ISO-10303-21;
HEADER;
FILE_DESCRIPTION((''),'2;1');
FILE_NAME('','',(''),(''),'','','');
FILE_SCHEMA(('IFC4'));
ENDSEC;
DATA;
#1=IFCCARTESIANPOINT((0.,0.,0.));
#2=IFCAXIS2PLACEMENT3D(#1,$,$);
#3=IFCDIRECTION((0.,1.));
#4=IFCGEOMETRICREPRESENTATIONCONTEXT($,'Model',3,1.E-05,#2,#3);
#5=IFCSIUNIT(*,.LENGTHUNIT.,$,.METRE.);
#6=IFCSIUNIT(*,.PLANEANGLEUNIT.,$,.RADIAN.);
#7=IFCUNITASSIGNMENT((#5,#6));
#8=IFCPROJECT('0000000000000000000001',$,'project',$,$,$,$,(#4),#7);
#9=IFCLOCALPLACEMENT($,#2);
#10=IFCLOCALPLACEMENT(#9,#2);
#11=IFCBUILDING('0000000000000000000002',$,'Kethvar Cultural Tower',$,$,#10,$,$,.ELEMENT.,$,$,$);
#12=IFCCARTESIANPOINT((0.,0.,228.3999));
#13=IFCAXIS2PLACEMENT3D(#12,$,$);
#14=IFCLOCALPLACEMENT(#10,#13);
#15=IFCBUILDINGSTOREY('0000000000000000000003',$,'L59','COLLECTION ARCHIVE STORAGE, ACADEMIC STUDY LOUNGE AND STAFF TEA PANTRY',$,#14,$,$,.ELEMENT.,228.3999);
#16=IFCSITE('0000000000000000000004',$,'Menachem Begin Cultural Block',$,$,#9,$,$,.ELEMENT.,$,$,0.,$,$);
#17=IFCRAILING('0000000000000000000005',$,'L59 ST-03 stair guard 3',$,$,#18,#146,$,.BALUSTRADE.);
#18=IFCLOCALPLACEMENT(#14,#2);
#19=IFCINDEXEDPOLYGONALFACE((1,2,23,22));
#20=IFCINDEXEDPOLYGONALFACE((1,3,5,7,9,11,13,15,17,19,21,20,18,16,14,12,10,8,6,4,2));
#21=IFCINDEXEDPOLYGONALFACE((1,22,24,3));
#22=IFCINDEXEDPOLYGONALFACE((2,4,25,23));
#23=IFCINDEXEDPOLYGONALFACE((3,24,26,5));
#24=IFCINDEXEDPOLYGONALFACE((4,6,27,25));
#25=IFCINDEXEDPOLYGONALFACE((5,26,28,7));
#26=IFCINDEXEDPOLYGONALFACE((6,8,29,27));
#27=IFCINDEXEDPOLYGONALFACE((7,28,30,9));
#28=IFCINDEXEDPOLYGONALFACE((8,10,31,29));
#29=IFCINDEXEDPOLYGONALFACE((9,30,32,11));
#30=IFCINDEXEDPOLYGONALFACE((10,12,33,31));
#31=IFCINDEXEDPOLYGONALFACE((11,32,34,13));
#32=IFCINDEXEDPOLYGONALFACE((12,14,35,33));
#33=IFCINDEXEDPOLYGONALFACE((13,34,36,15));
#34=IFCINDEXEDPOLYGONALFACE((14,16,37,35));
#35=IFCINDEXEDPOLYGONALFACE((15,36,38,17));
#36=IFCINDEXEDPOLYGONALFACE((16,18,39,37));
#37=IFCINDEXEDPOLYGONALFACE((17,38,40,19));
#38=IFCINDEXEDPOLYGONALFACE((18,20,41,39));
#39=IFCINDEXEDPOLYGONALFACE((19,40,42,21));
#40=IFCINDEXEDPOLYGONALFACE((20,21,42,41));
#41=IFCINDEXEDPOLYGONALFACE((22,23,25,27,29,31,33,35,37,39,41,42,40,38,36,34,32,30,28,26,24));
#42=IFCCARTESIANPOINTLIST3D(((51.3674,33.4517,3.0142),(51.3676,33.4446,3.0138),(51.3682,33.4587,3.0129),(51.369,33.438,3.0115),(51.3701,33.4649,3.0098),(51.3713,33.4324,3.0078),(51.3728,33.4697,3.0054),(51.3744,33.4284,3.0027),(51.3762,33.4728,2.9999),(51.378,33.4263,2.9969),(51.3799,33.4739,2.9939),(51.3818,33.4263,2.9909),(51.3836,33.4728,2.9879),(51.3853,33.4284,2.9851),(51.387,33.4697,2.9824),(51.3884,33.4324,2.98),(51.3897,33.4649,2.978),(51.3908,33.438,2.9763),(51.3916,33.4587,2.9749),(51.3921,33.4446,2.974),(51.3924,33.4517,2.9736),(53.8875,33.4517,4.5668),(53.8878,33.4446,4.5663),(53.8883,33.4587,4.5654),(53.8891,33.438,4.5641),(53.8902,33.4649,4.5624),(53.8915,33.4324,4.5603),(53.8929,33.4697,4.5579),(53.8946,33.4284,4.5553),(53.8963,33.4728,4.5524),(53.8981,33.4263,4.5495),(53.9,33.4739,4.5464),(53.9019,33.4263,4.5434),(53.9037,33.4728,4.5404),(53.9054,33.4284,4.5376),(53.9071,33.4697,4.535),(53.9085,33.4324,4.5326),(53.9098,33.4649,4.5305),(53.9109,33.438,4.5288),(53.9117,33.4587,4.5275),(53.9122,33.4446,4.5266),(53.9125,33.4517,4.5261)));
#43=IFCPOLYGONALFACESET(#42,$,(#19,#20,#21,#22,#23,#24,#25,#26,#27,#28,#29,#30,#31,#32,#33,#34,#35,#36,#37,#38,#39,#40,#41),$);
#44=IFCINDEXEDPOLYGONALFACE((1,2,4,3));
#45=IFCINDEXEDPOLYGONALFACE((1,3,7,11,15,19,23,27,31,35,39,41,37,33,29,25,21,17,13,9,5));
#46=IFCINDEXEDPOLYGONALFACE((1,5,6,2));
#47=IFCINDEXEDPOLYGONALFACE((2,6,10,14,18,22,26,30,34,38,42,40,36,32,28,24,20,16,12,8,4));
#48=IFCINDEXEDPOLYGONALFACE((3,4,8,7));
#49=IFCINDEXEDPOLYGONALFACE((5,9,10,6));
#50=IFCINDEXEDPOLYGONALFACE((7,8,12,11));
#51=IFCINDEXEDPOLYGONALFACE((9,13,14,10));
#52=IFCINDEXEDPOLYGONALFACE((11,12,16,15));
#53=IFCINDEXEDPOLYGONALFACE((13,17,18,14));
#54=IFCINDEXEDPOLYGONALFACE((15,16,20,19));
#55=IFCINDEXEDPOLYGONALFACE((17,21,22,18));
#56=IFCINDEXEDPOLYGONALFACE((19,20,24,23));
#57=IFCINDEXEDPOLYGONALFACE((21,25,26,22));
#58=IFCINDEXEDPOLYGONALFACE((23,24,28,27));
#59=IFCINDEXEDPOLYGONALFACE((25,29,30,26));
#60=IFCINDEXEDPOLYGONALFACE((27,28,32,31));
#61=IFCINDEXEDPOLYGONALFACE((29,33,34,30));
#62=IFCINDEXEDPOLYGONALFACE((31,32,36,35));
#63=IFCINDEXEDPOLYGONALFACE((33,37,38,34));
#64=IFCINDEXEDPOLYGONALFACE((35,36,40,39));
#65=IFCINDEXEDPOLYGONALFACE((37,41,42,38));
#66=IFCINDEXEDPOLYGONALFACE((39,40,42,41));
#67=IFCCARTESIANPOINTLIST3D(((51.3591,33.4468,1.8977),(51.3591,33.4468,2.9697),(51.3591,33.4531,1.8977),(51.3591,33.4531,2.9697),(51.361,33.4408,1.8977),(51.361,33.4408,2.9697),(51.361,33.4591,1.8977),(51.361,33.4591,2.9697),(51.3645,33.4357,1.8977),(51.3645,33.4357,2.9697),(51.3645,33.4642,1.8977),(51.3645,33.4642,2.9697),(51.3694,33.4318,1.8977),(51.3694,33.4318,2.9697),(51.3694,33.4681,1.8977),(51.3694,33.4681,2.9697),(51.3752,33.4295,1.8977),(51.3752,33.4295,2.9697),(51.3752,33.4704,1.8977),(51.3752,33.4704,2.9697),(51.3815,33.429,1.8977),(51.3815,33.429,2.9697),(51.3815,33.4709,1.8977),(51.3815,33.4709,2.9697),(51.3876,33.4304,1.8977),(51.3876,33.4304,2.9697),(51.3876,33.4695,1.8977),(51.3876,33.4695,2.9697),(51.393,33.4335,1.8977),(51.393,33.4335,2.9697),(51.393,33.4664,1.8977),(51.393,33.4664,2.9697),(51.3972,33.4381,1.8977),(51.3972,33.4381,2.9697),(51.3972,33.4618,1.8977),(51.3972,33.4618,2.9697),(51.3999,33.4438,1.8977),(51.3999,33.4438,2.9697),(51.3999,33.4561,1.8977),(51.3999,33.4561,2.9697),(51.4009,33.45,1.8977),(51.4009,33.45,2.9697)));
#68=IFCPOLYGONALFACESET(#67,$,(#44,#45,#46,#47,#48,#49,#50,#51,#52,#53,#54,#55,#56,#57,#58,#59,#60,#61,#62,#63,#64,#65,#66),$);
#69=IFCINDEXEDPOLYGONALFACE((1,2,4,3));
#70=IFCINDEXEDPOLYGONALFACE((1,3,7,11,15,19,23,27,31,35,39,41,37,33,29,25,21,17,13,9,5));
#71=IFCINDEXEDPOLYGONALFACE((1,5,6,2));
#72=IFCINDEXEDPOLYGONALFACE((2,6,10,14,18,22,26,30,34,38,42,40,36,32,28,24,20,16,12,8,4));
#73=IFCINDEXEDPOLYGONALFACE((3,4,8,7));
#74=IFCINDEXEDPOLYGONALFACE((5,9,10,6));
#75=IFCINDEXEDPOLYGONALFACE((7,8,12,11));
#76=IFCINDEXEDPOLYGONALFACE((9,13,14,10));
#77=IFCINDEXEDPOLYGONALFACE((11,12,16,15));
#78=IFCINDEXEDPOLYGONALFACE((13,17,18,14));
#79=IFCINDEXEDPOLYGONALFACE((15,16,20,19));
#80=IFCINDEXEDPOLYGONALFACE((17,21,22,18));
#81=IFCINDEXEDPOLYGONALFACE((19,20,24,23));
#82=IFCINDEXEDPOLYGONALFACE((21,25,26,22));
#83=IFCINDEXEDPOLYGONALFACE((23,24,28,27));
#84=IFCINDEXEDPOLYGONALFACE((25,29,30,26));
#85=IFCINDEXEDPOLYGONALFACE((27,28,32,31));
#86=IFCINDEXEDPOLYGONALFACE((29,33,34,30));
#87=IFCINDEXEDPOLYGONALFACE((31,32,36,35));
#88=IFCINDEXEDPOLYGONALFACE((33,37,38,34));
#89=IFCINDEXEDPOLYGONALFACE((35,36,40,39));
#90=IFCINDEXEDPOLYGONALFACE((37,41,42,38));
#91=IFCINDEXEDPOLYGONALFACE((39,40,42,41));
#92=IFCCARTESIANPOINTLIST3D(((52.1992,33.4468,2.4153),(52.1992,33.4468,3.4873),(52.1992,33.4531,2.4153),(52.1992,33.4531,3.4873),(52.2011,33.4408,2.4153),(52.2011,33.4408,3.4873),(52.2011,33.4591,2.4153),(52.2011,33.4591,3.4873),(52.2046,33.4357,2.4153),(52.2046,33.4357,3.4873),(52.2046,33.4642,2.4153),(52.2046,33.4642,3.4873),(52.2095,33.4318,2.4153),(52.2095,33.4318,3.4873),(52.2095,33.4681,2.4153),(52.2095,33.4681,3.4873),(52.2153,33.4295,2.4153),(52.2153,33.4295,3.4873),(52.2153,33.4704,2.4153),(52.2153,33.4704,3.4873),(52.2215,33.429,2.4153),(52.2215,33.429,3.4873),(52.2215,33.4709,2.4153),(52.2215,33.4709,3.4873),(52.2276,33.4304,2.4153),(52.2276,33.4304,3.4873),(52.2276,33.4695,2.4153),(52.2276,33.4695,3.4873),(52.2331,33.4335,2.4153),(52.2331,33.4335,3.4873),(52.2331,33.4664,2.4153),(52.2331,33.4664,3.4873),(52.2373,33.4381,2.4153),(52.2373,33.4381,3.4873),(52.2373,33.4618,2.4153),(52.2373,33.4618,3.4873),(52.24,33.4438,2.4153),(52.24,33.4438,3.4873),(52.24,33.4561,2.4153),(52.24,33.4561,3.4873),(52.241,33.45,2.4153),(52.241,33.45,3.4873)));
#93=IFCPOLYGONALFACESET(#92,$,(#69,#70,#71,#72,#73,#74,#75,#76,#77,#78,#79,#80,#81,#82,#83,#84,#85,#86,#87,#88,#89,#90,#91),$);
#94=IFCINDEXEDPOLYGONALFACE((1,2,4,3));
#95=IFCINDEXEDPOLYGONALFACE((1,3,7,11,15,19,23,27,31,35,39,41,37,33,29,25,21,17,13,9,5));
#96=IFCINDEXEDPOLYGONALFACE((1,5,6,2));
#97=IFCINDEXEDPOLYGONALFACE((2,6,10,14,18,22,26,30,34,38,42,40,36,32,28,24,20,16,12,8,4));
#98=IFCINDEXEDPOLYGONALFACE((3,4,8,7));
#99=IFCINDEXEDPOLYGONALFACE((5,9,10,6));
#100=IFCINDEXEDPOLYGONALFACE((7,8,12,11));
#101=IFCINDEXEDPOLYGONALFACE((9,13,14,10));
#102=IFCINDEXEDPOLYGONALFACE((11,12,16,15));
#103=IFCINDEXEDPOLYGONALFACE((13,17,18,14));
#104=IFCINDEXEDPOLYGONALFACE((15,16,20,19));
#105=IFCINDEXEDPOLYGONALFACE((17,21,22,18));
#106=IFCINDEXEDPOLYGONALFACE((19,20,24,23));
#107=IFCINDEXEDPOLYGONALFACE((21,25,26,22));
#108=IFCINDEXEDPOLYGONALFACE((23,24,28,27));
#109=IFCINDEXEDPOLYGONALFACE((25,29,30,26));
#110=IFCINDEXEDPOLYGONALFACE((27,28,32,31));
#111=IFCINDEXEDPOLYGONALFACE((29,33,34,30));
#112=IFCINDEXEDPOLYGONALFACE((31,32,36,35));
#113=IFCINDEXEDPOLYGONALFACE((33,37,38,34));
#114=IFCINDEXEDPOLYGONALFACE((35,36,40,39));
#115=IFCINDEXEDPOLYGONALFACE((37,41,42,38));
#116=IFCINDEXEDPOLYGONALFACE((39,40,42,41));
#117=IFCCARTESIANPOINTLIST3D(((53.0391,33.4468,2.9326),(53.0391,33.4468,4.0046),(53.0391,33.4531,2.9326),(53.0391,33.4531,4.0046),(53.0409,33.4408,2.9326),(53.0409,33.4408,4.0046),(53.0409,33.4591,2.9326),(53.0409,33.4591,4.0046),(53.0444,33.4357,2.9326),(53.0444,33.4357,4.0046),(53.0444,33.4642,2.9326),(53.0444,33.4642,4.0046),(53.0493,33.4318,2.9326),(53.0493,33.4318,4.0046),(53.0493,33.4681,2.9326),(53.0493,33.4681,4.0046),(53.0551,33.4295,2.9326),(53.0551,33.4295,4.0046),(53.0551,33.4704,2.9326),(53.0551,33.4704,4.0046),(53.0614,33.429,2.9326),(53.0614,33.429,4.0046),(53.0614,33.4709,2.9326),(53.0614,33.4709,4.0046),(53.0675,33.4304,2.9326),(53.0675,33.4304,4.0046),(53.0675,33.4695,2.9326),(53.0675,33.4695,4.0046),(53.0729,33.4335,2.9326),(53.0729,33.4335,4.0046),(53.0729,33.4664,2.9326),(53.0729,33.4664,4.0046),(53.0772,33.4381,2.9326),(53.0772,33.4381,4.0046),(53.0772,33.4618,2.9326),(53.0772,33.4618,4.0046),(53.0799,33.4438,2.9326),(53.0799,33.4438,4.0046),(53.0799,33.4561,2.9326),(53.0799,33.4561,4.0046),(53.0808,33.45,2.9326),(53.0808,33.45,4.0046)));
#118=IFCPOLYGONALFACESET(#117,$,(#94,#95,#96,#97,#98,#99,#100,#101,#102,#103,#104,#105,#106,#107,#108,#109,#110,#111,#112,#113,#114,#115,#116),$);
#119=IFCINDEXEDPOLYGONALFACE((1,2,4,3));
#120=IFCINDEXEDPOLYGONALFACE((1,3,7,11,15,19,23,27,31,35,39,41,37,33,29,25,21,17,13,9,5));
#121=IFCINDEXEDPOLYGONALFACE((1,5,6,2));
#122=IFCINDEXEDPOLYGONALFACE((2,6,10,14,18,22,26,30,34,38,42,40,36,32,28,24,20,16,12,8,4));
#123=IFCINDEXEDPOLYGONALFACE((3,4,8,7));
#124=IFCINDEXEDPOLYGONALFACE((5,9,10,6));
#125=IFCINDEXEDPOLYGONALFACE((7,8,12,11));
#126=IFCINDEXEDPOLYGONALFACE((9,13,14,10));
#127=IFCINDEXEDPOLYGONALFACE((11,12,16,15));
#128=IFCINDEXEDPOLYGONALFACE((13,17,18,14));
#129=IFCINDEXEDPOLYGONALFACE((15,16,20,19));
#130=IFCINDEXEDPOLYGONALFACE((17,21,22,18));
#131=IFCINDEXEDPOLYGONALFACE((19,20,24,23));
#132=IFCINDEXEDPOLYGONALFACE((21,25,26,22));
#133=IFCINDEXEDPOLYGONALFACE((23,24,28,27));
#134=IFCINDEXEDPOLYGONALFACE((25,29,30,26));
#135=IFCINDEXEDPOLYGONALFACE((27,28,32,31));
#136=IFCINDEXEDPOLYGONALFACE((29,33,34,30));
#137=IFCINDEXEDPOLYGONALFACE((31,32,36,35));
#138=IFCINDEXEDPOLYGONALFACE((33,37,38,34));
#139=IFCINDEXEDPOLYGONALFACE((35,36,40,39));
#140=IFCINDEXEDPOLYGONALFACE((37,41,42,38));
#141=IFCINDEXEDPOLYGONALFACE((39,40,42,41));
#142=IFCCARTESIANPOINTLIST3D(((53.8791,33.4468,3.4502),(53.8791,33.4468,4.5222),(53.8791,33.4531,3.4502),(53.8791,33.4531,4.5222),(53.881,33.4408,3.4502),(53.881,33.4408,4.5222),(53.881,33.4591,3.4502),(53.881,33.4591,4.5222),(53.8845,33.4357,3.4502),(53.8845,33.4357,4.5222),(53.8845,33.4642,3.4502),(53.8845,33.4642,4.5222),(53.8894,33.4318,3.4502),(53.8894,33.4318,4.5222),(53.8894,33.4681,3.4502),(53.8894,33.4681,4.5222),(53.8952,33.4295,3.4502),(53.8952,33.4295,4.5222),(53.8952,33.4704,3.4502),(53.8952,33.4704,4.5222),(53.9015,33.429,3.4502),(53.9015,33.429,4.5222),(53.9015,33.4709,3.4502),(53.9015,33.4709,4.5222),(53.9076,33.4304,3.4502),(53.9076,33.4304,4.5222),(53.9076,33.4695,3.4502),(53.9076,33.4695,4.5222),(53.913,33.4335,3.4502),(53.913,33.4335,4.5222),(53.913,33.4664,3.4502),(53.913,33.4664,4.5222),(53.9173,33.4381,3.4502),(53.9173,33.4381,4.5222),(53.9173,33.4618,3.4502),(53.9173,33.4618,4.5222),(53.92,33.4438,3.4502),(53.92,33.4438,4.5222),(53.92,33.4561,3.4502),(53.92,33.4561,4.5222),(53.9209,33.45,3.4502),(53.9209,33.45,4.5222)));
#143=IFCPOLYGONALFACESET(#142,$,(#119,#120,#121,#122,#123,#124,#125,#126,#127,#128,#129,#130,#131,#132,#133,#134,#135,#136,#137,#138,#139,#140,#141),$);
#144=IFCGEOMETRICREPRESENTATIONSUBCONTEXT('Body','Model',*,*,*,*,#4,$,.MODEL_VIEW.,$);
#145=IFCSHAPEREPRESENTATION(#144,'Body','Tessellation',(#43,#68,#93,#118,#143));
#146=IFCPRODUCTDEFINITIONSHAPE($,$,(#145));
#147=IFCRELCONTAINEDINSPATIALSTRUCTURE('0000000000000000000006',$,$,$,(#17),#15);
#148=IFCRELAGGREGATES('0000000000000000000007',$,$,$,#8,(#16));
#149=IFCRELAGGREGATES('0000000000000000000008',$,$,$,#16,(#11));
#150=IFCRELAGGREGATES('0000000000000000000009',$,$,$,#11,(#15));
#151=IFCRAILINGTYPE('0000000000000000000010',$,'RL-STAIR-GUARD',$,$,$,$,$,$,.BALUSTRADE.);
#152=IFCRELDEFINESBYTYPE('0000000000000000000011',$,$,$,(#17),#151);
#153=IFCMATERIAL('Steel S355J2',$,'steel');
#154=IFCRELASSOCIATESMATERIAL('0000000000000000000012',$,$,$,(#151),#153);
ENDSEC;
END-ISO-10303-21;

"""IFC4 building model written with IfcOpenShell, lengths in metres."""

from ifc_helpers import new_model, si_unit, direction, frame, origin, origin_2d, place, context, subcontext, project, spatial, circle, extrude, material, type_object, element, save


model = new_model("IFC4")

# Units and contexts
model_context = context("Model", 3, precision=1e-05, world=origin(), true_north=direction((0.0, 1.0)))
body_context = subcontext(model_context, "Body", "Model", "MODEL_VIEW")
ifc_project = project(units=[si_unit("LENGTHUNIT", "METRE"), si_unit("PLANEANGLEUNIT", "RADIAN")], contexts=[model_context])

# Site, building, storey
site_placement = place(None, origin())
site = spatial("IfcSite", under=ifc_project, at=site_placement, Name="Menachem Begin Cultural Block", CompositionType="ELEMENT", RefElevation=0.0)
building_placement = place(site_placement, origin())
building = spatial("IfcBuilding", under=site, at=building_placement, Name="Kethvar Cultural Tower", CompositionType="ELEMENT")
storey_placement = place(building_placement, frame((0.0, 0.0, 228.3999)))
storey = spatial("IfcBuildingStorey", under=building, at=storey_placement, Name="L59", Description="COLLECTION ARCHIVE STORAGE, ACADEMIC STUDY LOUNGE AND STAFF TEA PANTRY", CompositionType="ELEMENT", Elevation=228.3999)

# Shared definitions
ifc_material_1 = material(Name="Steel S355J2", Category="steel")

# Railing
railing_type_1 = type_object("IfcRailingType", Name="RL-STAIR-GUARD", PredefinedType="BALUSTRADE", material=ifc_material_1)
railing_1_placement = place(storey_placement, frame((51.3799, 33.45, 1.8977)))
element("IfcRailing", 1, at=railing_1_placement, inside=storey, type_object=railing_type_1, Name="L59 ST-03 stair guard 3", PredefinedType="BALUSTRADE", context=body_context, shape_type="SweptSolid", body=[
    extrude(circle(Radius=0.0239, at=origin_2d()), frame((0.0, 0.0, 1.0962), z_axis=(0.8514, 0.0, 0.524516), x_axis=(0.0, 1.0, 0.0)), (0.0, 0.0, 1.0), 2.96),
    extrude(circle(Radius=0.021, at=origin_2d()), origin(), (0.0, 0.0, 1.0), 1.072),
    extrude(circle(Radius=0.021, at=origin_2d()), frame((0.8401, 0.0, 0.5176)), (0.0, 0.0, 1.0), 1.072),
    extrude(circle(Radius=0.021, at=origin_2d()), frame((1.6799, 0.0, 1.0349)), (0.0, 0.0, 1.0), 1.072),
    extrude(circle(Radius=0.021, at=origin_2d()), frame((2.52, 0.0, 1.5525)), (0.0, 0.0, 1.0), 1.072),
])

save(model, "model.ifc")
